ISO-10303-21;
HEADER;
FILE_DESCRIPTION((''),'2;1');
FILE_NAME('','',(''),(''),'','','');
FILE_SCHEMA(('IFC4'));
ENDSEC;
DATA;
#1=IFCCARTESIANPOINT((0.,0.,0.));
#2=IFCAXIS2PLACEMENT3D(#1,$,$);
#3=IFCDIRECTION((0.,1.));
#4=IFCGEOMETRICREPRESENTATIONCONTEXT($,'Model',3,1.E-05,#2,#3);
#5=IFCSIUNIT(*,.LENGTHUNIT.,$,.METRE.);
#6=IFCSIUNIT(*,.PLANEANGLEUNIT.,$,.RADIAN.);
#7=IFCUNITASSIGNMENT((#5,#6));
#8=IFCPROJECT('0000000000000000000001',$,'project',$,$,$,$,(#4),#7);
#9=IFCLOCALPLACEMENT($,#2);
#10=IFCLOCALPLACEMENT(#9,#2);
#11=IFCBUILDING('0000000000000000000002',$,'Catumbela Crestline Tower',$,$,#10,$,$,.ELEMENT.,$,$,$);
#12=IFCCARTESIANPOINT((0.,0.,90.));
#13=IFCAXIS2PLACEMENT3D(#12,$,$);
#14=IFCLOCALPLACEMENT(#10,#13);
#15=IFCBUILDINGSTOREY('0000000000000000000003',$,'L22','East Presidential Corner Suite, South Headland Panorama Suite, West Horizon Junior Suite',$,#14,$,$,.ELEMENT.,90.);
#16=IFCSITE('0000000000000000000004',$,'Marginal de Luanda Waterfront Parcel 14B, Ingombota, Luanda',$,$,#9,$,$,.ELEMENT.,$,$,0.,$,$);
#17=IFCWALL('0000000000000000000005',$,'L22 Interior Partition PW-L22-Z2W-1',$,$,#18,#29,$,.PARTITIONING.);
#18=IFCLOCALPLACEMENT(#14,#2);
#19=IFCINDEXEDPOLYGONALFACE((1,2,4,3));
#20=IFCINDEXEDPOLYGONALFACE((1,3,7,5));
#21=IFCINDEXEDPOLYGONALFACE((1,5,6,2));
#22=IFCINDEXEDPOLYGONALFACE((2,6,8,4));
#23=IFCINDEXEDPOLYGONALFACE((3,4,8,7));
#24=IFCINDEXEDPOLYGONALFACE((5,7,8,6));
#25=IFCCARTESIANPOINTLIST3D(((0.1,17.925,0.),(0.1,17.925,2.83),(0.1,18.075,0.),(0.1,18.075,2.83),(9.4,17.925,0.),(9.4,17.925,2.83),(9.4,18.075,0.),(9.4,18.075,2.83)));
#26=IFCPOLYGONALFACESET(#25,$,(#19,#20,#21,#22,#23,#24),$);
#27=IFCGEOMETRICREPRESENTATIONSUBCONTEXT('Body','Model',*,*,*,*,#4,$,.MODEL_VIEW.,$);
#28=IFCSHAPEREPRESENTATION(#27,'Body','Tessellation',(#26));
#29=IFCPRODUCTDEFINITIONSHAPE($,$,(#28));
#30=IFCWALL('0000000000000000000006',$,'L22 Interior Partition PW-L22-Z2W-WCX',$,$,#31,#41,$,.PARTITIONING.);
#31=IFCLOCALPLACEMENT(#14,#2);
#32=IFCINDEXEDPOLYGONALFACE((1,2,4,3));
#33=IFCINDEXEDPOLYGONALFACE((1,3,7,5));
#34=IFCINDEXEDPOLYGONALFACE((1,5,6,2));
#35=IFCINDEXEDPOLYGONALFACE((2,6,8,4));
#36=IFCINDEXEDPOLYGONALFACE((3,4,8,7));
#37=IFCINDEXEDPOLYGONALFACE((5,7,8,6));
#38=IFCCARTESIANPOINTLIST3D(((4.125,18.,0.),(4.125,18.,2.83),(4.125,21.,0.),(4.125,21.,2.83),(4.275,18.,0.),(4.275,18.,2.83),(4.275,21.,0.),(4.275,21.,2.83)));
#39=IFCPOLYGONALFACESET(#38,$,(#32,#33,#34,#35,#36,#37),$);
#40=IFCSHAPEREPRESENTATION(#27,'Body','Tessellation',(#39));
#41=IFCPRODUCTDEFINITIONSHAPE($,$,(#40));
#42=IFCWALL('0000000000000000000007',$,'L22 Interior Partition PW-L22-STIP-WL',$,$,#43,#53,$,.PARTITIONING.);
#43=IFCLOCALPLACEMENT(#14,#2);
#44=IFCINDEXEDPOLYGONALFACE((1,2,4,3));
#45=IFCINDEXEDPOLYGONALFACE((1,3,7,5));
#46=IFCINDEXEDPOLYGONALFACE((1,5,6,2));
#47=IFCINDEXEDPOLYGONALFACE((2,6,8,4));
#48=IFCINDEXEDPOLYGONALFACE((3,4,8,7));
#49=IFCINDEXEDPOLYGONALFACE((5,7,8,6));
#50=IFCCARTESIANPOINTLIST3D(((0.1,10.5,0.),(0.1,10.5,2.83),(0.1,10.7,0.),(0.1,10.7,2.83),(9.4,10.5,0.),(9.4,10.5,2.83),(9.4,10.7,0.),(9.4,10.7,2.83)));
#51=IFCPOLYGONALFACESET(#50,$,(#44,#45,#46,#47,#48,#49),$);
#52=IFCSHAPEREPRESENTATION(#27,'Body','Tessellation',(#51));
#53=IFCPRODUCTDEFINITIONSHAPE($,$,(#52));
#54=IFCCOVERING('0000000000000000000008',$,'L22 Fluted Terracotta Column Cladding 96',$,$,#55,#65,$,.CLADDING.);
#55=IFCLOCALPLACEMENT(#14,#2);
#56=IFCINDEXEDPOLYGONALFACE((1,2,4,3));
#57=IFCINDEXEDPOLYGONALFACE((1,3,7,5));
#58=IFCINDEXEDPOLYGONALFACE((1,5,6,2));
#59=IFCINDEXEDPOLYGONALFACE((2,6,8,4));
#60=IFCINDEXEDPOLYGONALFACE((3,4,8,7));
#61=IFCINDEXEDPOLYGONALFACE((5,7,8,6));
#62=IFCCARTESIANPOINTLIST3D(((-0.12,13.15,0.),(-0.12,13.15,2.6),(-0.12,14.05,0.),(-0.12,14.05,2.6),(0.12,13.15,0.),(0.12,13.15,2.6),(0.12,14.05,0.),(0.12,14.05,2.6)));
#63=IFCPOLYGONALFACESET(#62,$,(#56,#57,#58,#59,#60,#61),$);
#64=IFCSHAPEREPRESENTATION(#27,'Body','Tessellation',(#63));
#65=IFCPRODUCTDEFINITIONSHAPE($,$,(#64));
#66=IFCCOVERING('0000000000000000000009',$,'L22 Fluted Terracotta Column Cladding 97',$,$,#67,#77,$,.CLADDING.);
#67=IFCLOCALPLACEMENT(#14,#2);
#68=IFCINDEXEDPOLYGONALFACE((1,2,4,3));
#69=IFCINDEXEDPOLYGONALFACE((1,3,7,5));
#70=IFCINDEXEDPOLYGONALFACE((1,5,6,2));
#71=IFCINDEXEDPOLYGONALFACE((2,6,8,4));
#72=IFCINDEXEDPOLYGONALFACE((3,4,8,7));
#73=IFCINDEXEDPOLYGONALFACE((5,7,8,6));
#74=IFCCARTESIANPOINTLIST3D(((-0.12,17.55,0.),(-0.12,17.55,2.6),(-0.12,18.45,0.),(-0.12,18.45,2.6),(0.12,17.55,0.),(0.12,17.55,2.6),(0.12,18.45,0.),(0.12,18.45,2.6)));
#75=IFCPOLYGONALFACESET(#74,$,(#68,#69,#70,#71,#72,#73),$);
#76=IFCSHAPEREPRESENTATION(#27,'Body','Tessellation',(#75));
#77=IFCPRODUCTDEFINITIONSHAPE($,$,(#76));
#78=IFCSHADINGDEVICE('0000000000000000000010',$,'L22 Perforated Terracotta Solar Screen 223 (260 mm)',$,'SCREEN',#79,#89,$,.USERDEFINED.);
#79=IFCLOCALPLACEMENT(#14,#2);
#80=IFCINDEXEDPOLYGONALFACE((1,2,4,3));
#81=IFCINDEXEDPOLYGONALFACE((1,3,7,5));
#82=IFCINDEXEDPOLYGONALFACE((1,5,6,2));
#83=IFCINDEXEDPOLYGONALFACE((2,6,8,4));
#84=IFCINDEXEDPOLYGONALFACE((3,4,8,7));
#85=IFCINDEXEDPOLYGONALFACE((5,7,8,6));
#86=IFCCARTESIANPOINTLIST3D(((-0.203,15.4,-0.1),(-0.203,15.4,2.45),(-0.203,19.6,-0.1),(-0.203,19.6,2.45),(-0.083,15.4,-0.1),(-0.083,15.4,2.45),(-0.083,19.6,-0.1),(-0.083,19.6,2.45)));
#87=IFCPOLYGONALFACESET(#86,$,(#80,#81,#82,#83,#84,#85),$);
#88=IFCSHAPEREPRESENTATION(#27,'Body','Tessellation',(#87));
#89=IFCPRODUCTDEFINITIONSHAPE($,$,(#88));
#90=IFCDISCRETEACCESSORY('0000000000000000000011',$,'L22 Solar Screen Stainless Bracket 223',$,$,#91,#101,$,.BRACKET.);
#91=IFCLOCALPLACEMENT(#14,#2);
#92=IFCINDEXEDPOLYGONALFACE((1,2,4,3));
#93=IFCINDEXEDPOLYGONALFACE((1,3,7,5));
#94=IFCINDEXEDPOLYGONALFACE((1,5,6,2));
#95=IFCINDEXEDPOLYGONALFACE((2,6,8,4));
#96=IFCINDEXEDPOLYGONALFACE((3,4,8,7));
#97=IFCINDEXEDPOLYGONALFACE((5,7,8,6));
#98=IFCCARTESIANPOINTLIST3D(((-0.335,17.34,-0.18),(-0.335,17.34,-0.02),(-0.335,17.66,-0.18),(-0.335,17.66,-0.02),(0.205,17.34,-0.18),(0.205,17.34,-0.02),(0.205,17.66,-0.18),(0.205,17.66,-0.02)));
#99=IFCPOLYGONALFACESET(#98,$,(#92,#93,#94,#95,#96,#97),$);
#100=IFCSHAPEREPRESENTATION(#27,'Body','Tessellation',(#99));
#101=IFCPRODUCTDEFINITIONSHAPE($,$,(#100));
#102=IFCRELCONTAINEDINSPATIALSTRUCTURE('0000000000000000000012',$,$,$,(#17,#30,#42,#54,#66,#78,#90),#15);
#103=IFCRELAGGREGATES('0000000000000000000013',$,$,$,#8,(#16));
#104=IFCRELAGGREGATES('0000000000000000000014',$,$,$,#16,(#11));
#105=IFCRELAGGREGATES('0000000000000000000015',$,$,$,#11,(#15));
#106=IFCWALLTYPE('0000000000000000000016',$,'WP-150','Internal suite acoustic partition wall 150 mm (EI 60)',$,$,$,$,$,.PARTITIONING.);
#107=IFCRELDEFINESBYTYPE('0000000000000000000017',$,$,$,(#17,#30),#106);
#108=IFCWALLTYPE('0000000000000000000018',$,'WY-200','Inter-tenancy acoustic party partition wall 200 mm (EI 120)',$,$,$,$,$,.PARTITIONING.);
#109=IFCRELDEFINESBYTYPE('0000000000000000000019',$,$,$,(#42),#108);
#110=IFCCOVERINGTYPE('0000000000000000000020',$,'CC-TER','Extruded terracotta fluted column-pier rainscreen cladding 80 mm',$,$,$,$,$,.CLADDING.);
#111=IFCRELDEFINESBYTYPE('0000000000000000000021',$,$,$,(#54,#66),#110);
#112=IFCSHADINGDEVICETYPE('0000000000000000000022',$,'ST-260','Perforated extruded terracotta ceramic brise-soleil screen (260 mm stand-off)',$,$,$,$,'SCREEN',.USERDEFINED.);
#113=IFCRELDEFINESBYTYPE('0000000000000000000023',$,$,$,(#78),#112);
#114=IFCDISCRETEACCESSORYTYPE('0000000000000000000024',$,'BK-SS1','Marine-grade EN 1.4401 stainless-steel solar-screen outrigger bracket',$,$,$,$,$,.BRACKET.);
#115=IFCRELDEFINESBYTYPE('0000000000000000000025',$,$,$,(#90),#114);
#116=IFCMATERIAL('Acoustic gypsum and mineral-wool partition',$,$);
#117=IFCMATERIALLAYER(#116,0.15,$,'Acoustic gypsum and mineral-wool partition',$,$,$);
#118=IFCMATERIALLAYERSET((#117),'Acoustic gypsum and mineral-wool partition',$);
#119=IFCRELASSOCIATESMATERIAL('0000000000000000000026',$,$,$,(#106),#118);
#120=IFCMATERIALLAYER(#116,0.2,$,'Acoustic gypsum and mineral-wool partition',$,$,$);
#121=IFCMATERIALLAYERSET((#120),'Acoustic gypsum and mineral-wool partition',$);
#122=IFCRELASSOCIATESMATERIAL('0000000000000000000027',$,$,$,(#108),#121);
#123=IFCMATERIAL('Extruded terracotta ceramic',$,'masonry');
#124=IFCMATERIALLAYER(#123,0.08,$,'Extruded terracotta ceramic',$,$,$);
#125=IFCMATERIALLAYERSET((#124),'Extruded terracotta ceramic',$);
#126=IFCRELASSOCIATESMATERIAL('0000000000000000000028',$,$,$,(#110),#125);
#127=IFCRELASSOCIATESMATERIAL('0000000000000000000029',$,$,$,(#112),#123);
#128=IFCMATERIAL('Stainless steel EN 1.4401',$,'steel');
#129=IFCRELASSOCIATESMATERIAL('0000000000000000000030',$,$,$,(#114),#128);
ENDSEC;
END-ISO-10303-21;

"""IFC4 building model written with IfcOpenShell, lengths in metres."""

from ifc_helpers import new_model, si_unit, direction, frame, frame_2d, origin, origin_2d, place, context, subcontext, project, spatial, rectangle, extrude, material, layer, layer_set, type_object, element, save


model = new_model("IFC4")

# Units and contexts
model_context = context("Model", 3, precision=1e-05, world=origin(), true_north=direction((0.0, 1.0)))
body_context = subcontext(model_context, "Body", "Model", "MODEL_VIEW")
ifc_project = project(units=[si_unit("LENGTHUNIT", "METRE"), si_unit("PLANEANGLEUNIT", "RADIAN")], contexts=[model_context])

# Site, building, storey
site_placement = place(None, origin())
site = spatial("IfcSite", under=ifc_project, at=site_placement, Name="Marginal de Luanda Waterfront Parcel 14B, Ingombota, Luanda", CompositionType="ELEMENT", RefElevation=0.0)
building_placement = place(site_placement, origin())
building = spatial("IfcBuilding", under=site, at=building_placement, Name="Catumbela Crestline Tower", CompositionType="ELEMENT")
storey_placement = place(building_placement, frame((0.0, 0.0, 90.0)))
storey = spatial("IfcBuildingStorey", under=building, at=storey_placement, Name="L22", Description="East Presidential Corner Suite, South Headland Panorama Suite, West Horizon Junior Suite", CompositionType="ELEMENT", Elevation=90.0)

# Walls
ifc_material_1 = material(Name="Acoustic gypsum and mineral-wool partition")
ifc_layer_1 = layer(ifc_material_1, 0.15, Name="Acoustic gypsum and mineral-wool partition")
ifc_layer_set_1 = layer_set([ifc_layer_1], Name="Acoustic gypsum and mineral-wool partition")
wall_type_1 = type_object("IfcWallType", Name="WP-150", Description="Internal suite acoustic partition wall 150 mm (EI 60)", PredefinedType="PARTITIONING", material=ifc_layer_set_1)
wall_1_placement = place(storey_placement, frame((0.1, 18.0, 0.0), z_axis=(0.0, 0.0, 1.0), x_axis=(1.0, 0.0, 0.0)))
element("IfcWall", 1, at=wall_1_placement, inside=storey, type_object=wall_type_1, Name="L22 Interior Partition PW-L22-Z2W-1", PredefinedType="PARTITIONING", context=body_context, shape_type="SweptSolid", body=[
    extrude(rectangle(XDim=9.3, YDim=0.15, at=frame_2d((4.65, 0.0))), origin(), (0.0, 0.0, 1.0), 2.83),
])
wall_2_placement = place(storey_placement, frame((4.2, 18.0, 0.0), z_axis=(0.0, 0.0, 1.0), x_axis=(0.0, 1.0, 0.0)))
element("IfcWall", 2, at=wall_2_placement, inside=storey, type_object=wall_type_1, Name="L22 Interior Partition PW-L22-Z2W-WCX", PredefinedType="PARTITIONING", context=body_context, shape_type="SweptSolid", body=[
    extrude(rectangle(XDim=3.0, YDim=0.15, at=frame_2d((1.5, 0.0))), origin(), (0.0, 0.0, 1.0), 2.83),
])
ifc_layer_2 = layer(ifc_material_1, 0.2, Name="Acoustic gypsum and mineral-wool partition")
ifc_layer_set_2 = layer_set([ifc_layer_2], Name="Acoustic gypsum and mineral-wool partition")
wall_type_2 = type_object("IfcWallType", Name="WY-200", Description="Inter-tenancy acoustic party partition wall 200 mm (EI 120)", PredefinedType="PARTITIONING", material=ifc_layer_set_2)
wall_3_placement = place(storey_placement, frame((0.1, 10.6, 0.0), z_axis=(0.0, 0.0, 1.0), x_axis=(1.0, 0.0, 0.0)))
element("IfcWall", 3, at=wall_3_placement, inside=storey, type_object=wall_type_2, Name="L22 Interior Partition PW-L22-STIP-WL", PredefinedType="PARTITIONING", context=body_context, shape_type="SweptSolid", body=[
    extrude(rectangle(XDim=9.3, YDim=0.2, at=frame_2d((4.65, 0.0))), origin(), (0.0, 0.0, 1.0), 2.83),
])

# Coverings
ifc_material_2 = material(Name="Extruded terracotta ceramic", Category="masonry")
ifc_layer_3 = layer(ifc_material_2, 0.08, Name="Extruded terracotta ceramic")
ifc_layer_set_3 = layer_set([ifc_layer_3], Name="Extruded terracotta ceramic")
covering_type = type_object("IfcCoveringType", Name="CC-TER", Description="Extruded terracotta fluted column-pier rainscreen cladding 80 mm", PredefinedType="CLADDING", material=ifc_layer_set_3)
for number, where, z_axis, x_axis, name in (
    (4, (0.0, 13.6, 0.0), (0.0, 0.0, 1.0), (0.0, -1.0, 0.0), "L22 Fluted Terracotta Column Cladding 96"),
    (5, (0.0, 18.0, 0.0), (0.0, 0.0, 1.0), (0.0, -1.0, 0.0), "L22 Fluted Terracotta Column Cladding 97"),
):
    element("IfcCovering", number, at=place(storey_placement, frame(where, z_axis=z_axis, x_axis=x_axis)), inside=storey, type_object=covering_type, Name=name, PredefinedType="CLADDING", context=body_context, shape_type="SweptSolid", body=[
        extrude(rectangle(XDim=0.9, YDim=0.24, at=origin_2d()), origin(), (0.0, 0.0, 1.0), 2.6),
    ])

# Shading device
shading_device_type = type_object("IfcShadingDeviceType", Name="ST-260", Description="Perforated extruded terracotta ceramic brise-soleil screen (260 mm stand-off)", ElementType="SCREEN", PredefinedType="USERDEFINED", material=ifc_material_2)
shading_device_placement = place(storey_placement, frame((-0.143, 17.5, -0.1), z_axis=(0.0, 0.0, 1.0), x_axis=(0.0, -1.0, 0.0)))
element("IfcShadingDevice", 6, at=shading_device_placement, inside=storey, type_object=shading_device_type, Name="L22 Perforated Terracotta Solar Screen 223 (260 mm)", ObjectType="SCREEN", PredefinedType="USERDEFINED", context=body_context, shape_type="SweptSolid", body=[
    extrude(rectangle(XDim=4.2, YDim=0.12, at=origin_2d()), origin(), (0.0, 0.0, 1.0), 2.55),
])

# Discrete accessory
ifc_material_3 = material(Name="Stainless steel EN 1.4401", Category="steel")
discrete_accessory_type = type_object("IfcDiscreteAccessoryType", Name="BK-SS1", Description="Marine-grade EN 1.4401 stainless-steel solar-screen outrigger bracket", PredefinedType="BRACKET", material=ifc_material_3)
discrete_accessory_placement = place(storey_placement, frame((-0.065, 17.5, -0.18), z_axis=(0.0, 0.0, 1.0), x_axis=(0.0, -1.0, 0.0)))
element("IfcDiscreteAccessory", 7, at=discrete_accessory_placement, inside=storey, type_object=discrete_accessory_type, Name="L22 Solar Screen Stainless Bracket 223", PredefinedType="BRACKET", context=body_context, shape_type="SweptSolid", body=[
    extrude(rectangle(XDim=0.32, YDim=0.54, at=origin_2d()), origin(), (0.0, 0.0, 1.0), 0.16),
])

save(model, "model.ifc")
